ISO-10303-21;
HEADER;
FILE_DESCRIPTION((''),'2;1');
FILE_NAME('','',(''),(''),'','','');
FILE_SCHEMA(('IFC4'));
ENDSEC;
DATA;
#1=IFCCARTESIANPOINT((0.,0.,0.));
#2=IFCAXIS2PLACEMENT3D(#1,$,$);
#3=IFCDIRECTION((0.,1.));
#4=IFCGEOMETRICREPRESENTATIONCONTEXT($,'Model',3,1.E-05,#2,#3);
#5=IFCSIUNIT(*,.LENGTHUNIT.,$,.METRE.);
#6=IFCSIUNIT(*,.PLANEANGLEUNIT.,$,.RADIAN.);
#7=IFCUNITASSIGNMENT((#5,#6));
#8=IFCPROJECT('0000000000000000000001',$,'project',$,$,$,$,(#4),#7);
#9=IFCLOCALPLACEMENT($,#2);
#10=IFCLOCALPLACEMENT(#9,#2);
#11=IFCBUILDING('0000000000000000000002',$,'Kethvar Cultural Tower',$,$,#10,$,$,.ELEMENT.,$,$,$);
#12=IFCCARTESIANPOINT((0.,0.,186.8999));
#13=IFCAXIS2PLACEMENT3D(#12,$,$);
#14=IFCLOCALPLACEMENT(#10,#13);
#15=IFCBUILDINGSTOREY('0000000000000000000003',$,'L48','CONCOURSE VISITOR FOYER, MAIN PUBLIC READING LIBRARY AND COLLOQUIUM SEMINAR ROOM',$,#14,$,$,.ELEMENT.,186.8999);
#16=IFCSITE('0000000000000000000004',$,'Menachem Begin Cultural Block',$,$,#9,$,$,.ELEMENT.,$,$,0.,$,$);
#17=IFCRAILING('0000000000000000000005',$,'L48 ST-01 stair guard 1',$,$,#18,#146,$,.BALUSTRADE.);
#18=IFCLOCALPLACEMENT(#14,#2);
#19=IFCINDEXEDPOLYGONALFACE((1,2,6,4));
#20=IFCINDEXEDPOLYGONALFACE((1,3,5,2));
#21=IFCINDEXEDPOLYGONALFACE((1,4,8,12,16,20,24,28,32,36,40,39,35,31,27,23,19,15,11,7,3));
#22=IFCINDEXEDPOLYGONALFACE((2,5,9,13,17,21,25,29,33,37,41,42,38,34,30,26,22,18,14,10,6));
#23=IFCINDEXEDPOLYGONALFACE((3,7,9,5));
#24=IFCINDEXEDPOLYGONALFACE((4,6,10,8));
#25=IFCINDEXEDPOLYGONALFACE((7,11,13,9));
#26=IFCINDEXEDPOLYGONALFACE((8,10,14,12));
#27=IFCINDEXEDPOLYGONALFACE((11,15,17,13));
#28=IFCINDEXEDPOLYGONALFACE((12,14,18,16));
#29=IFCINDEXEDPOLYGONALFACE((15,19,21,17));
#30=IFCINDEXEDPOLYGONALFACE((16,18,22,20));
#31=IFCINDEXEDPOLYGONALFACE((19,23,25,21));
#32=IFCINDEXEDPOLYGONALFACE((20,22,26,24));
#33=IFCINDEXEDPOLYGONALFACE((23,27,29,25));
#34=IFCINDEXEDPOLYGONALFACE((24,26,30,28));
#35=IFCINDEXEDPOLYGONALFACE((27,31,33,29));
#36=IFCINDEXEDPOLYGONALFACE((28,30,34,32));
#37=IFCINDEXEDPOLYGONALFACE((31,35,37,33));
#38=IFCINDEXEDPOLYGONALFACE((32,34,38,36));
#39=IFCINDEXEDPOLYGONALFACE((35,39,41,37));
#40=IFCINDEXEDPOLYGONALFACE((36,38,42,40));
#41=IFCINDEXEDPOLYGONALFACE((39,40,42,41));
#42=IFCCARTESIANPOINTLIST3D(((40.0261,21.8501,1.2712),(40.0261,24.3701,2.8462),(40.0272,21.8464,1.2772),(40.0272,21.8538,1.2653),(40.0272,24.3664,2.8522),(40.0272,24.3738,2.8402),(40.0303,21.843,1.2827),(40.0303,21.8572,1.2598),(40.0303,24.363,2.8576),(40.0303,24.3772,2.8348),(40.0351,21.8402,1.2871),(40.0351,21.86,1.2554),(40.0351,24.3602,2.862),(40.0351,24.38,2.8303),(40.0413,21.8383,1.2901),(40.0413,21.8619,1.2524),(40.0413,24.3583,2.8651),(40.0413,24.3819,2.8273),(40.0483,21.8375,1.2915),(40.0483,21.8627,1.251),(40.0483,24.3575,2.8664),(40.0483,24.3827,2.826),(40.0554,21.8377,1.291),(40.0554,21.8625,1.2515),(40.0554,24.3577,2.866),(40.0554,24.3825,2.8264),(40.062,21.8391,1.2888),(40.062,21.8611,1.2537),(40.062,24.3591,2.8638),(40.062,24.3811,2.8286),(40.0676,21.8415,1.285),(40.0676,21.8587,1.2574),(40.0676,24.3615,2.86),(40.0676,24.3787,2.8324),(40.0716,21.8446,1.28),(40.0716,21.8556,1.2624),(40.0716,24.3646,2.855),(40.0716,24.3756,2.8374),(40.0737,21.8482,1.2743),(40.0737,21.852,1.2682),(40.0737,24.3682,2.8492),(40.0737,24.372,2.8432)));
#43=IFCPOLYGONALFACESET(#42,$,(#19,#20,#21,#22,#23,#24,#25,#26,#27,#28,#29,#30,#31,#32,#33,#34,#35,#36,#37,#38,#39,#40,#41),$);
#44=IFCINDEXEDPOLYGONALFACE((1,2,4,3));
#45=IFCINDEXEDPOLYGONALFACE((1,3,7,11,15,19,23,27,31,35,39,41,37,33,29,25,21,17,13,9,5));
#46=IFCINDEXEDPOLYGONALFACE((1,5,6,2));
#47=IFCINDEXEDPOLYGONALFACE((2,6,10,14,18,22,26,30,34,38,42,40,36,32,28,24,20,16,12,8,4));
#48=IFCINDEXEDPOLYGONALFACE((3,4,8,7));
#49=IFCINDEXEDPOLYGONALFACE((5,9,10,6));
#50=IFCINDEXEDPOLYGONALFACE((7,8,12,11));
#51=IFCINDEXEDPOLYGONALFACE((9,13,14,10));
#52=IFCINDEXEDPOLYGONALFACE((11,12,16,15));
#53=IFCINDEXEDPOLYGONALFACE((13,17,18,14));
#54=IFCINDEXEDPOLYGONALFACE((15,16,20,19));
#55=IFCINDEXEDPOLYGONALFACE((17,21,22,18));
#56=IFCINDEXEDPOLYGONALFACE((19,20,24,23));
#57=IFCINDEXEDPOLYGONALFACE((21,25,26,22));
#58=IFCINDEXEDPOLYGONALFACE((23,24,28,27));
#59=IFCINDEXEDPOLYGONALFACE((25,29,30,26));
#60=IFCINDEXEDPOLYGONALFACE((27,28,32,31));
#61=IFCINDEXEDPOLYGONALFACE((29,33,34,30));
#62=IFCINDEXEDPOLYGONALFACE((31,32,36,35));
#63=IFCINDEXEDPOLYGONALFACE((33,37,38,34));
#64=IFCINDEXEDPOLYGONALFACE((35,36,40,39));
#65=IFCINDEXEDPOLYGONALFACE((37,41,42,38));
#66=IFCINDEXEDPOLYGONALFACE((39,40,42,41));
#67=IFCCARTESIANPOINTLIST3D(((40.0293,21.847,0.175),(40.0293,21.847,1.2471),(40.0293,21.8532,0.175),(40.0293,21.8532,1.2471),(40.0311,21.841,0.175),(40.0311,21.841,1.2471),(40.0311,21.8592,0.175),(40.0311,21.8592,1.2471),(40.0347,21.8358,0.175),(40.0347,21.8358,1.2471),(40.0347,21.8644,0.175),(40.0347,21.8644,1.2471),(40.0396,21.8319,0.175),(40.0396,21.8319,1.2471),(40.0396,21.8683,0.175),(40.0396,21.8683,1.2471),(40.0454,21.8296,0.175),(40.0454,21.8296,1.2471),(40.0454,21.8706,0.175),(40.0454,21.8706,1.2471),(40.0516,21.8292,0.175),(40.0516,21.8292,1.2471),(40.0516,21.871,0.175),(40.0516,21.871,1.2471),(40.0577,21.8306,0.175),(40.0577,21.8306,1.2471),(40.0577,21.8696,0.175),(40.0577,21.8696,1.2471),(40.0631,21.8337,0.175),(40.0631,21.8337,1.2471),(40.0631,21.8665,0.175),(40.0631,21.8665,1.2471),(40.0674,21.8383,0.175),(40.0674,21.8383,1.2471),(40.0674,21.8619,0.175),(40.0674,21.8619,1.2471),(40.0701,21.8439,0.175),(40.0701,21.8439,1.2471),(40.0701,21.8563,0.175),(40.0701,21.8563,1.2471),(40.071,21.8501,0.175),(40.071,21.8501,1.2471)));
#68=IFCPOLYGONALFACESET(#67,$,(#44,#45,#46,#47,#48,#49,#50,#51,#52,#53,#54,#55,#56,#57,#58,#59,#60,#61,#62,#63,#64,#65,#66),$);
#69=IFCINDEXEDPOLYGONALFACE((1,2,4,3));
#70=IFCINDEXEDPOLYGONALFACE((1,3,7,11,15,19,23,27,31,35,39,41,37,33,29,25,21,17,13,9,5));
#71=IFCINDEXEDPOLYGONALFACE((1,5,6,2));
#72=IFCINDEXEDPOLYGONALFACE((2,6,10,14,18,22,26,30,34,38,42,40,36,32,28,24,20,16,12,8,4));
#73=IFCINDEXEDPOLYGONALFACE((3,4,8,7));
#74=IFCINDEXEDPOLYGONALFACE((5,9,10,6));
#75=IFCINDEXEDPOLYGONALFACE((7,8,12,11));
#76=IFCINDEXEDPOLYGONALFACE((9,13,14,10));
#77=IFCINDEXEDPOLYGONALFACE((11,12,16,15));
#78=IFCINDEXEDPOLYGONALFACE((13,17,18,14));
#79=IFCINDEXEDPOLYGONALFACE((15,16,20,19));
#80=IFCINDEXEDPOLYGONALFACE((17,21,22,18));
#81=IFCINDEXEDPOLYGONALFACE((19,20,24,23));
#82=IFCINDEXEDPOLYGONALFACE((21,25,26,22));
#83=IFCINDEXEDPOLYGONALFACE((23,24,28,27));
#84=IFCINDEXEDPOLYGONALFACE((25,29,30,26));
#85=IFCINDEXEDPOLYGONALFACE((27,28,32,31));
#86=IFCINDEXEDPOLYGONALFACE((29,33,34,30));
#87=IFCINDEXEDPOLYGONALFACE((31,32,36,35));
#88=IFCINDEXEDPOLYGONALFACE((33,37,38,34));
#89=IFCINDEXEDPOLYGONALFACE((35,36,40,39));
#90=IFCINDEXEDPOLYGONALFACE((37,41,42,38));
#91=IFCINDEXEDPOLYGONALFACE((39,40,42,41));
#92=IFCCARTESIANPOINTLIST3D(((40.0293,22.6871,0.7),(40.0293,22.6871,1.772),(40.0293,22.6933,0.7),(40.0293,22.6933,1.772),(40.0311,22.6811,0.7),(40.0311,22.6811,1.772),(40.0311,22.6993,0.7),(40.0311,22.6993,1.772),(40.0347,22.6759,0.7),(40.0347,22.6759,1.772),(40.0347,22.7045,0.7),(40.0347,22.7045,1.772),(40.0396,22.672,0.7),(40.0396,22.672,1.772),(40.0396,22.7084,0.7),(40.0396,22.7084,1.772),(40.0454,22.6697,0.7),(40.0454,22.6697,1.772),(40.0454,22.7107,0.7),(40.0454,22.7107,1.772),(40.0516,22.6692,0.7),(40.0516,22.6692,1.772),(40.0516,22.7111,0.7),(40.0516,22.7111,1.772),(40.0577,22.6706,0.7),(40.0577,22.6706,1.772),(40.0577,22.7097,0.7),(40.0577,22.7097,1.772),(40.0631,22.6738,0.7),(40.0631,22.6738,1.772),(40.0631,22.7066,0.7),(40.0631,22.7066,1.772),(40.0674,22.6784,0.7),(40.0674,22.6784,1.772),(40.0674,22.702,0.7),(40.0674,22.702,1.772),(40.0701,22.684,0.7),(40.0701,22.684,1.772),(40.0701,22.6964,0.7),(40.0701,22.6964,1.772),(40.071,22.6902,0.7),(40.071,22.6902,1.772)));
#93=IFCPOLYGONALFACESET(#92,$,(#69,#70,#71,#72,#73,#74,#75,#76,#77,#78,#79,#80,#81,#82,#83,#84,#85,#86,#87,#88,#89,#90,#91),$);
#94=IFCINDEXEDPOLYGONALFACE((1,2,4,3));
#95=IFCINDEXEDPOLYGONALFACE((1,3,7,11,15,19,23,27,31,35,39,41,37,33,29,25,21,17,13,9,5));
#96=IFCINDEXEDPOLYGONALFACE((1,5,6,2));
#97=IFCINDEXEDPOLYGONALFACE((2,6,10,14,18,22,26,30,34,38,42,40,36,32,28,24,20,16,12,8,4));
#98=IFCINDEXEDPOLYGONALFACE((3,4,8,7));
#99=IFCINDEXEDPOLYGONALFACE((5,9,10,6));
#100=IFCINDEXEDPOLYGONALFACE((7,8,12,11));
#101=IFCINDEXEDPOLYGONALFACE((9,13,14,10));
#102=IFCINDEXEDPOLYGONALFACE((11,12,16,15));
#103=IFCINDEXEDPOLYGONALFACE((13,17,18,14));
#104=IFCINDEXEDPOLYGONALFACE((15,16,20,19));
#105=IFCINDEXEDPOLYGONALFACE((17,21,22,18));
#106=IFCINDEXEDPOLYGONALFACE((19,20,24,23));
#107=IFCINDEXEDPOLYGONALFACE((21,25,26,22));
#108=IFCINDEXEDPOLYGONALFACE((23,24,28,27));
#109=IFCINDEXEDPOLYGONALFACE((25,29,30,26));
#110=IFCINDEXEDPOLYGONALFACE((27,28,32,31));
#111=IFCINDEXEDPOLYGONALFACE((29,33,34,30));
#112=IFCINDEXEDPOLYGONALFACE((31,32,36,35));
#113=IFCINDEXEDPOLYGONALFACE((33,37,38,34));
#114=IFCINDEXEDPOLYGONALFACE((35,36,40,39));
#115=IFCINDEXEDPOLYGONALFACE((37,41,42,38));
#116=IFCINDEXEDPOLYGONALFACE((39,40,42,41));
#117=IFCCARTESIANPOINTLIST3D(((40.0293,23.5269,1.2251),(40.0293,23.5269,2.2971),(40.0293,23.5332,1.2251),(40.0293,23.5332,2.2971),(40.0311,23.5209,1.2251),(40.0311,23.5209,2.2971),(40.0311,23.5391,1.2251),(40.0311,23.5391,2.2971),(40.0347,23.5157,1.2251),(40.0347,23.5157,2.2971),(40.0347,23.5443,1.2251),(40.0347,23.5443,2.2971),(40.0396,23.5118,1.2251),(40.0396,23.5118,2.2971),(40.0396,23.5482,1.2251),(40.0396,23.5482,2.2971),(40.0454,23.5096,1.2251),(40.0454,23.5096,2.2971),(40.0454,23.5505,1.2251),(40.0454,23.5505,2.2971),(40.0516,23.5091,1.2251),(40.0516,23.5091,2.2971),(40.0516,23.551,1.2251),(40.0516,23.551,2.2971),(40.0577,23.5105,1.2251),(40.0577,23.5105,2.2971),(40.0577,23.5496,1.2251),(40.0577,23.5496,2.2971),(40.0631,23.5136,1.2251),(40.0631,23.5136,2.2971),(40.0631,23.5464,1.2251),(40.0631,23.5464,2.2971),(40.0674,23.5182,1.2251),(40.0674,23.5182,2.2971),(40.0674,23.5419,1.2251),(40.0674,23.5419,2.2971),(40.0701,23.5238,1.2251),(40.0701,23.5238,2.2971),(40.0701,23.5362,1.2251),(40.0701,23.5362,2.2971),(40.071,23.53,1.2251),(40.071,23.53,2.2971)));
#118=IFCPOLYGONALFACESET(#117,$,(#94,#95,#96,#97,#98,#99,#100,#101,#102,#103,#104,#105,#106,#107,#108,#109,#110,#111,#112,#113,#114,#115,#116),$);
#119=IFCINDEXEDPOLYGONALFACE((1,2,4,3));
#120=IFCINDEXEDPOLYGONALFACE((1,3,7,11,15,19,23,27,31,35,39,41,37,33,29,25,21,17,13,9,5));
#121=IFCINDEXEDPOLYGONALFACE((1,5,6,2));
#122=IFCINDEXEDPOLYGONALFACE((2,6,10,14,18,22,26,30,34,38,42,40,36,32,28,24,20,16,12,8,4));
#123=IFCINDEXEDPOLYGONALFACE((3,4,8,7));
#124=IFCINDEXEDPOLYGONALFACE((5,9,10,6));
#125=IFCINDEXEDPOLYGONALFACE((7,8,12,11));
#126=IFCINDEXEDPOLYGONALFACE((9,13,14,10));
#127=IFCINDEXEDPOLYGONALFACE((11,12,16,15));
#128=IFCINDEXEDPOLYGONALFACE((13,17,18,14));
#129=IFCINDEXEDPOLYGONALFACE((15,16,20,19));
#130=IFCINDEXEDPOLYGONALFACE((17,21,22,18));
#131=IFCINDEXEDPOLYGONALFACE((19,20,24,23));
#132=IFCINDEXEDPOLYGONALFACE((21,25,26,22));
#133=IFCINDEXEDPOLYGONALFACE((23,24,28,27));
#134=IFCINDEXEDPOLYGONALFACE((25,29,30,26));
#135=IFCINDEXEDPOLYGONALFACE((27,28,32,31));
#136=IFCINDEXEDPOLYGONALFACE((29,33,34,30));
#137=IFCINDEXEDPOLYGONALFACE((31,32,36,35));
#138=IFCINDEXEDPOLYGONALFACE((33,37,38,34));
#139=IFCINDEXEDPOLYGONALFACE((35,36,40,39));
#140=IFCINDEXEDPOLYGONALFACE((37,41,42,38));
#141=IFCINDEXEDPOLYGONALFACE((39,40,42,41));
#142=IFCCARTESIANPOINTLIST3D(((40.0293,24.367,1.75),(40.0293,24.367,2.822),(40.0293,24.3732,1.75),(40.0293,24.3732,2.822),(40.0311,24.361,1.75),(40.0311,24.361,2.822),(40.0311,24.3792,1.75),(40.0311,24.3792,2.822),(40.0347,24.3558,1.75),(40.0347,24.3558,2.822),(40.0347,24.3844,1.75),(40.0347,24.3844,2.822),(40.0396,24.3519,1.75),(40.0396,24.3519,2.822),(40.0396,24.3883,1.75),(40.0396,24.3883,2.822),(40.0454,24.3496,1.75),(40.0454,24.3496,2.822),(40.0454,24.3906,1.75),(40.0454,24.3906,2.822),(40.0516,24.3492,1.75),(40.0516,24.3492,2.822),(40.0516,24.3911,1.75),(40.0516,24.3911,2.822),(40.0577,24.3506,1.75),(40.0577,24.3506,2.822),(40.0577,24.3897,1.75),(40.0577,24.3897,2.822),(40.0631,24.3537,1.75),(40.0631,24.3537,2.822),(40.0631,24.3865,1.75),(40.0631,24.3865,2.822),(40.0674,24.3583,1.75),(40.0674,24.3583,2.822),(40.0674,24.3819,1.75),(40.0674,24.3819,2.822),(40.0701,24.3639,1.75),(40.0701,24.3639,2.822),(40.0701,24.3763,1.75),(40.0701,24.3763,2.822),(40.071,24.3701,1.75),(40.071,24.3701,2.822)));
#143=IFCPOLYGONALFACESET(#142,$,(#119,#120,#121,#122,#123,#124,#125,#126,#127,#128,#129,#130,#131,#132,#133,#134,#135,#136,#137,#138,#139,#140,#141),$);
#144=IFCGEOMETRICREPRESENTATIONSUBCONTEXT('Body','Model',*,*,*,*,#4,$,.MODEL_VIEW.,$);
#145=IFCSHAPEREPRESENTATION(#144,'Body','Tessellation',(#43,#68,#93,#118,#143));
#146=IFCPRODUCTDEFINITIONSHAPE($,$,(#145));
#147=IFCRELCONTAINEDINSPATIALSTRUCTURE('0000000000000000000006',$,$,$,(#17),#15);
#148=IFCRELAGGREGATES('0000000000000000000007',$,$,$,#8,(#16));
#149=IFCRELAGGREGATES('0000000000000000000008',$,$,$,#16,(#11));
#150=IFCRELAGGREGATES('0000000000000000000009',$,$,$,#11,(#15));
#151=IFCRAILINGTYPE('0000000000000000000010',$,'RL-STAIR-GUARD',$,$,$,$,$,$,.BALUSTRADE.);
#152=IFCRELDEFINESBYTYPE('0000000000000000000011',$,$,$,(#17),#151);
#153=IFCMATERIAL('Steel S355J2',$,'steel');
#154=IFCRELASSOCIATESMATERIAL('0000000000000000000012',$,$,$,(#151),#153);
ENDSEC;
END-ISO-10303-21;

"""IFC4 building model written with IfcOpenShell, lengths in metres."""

from ifc_helpers import new_model, si_unit, direction, frame, origin, origin_2d, place, context, subcontext, project, spatial, circle, extrude, material, type_object, element, save


model = new_model("IFC4")

# Units and contexts
model_context = context("Model", 3, precision=1e-05, world=origin(), true_north=direction((0.0, 1.0)))
body_context = subcontext(model_context, "Body", "Model", "MODEL_VIEW")
ifc_project = project(units=[si_unit("LENGTHUNIT", "METRE"), si_unit("PLANEANGLEUNIT", "RADIAN")], contexts=[model_context])

# Site, building, storey
site_placement = place(None, origin())
site = spatial("IfcSite", under=ifc_project, at=site_placement, Name="Menachem Begin Cultural Block", CompositionType="ELEMENT", RefElevation=0.0)
building_placement = place(site_placement, origin())
building = spatial("IfcBuilding", under=site, at=building_placement, Name="Kethvar Cultural Tower", CompositionType="ELEMENT")
storey_placement = place(building_placement, frame((0.0, 0.0, 186.8999)))
storey = spatial("IfcBuildingStorey", under=building, at=storey_placement, Name="L48", Description="CONCOURSE VISITOR FOYER, MAIN PUBLIC READING LIBRARY AND COLLOQUIUM SEMINAR ROOM", CompositionType="ELEMENT", Elevation=186.8999)

# Shared definitions
ifc_material_1 = material(Name="Steel S355J2", Category="steel")

# Railing
railing_type_1 = type_object("IfcRailingType", Name="RL-STAIR-GUARD", PredefinedType="BALUSTRADE", material=ifc_material_1)
railing_1_placement = place(storey_placement, frame((40.05, 21.8501, 0.175)))
element("IfcRailing", 1, at=railing_1_placement, inside=storey, type_object=railing_type_1, Name="L48 ST-01 stair guard 1", PredefinedType="BALUSTRADE", context=body_context, shape_type="SweptSolid", body=[
    extrude(circle(Radius=0.0239, at=origin_2d()), frame((0.0, 0.0, 1.0962), z_axis=(0.0, 0.848008, 0.529984), x_axis=(-1.0, 0.0, 0.0)), (0.0, 0.0, 1.0), 2.9717),
    extrude(circle(Radius=0.021, at=origin_2d()), origin(), (0.0, 0.0, 1.0), 1.072),
    extrude(circle(Radius=0.021, at=origin_2d()), frame((0.0, 0.8401, 0.5249)), (0.0, 0.0, 1.0), 1.072),
    extrude(circle(Radius=0.021, at=origin_2d()), frame((0.0, 1.6799, 1.05)), (0.0, 0.0, 1.0), 1.072),
    extrude(circle(Radius=0.021, at=origin_2d()), frame((0.0, 2.52, 1.575)), (0.0, 0.0, 1.0), 1.072),
])

save(model, "model.ifc")
